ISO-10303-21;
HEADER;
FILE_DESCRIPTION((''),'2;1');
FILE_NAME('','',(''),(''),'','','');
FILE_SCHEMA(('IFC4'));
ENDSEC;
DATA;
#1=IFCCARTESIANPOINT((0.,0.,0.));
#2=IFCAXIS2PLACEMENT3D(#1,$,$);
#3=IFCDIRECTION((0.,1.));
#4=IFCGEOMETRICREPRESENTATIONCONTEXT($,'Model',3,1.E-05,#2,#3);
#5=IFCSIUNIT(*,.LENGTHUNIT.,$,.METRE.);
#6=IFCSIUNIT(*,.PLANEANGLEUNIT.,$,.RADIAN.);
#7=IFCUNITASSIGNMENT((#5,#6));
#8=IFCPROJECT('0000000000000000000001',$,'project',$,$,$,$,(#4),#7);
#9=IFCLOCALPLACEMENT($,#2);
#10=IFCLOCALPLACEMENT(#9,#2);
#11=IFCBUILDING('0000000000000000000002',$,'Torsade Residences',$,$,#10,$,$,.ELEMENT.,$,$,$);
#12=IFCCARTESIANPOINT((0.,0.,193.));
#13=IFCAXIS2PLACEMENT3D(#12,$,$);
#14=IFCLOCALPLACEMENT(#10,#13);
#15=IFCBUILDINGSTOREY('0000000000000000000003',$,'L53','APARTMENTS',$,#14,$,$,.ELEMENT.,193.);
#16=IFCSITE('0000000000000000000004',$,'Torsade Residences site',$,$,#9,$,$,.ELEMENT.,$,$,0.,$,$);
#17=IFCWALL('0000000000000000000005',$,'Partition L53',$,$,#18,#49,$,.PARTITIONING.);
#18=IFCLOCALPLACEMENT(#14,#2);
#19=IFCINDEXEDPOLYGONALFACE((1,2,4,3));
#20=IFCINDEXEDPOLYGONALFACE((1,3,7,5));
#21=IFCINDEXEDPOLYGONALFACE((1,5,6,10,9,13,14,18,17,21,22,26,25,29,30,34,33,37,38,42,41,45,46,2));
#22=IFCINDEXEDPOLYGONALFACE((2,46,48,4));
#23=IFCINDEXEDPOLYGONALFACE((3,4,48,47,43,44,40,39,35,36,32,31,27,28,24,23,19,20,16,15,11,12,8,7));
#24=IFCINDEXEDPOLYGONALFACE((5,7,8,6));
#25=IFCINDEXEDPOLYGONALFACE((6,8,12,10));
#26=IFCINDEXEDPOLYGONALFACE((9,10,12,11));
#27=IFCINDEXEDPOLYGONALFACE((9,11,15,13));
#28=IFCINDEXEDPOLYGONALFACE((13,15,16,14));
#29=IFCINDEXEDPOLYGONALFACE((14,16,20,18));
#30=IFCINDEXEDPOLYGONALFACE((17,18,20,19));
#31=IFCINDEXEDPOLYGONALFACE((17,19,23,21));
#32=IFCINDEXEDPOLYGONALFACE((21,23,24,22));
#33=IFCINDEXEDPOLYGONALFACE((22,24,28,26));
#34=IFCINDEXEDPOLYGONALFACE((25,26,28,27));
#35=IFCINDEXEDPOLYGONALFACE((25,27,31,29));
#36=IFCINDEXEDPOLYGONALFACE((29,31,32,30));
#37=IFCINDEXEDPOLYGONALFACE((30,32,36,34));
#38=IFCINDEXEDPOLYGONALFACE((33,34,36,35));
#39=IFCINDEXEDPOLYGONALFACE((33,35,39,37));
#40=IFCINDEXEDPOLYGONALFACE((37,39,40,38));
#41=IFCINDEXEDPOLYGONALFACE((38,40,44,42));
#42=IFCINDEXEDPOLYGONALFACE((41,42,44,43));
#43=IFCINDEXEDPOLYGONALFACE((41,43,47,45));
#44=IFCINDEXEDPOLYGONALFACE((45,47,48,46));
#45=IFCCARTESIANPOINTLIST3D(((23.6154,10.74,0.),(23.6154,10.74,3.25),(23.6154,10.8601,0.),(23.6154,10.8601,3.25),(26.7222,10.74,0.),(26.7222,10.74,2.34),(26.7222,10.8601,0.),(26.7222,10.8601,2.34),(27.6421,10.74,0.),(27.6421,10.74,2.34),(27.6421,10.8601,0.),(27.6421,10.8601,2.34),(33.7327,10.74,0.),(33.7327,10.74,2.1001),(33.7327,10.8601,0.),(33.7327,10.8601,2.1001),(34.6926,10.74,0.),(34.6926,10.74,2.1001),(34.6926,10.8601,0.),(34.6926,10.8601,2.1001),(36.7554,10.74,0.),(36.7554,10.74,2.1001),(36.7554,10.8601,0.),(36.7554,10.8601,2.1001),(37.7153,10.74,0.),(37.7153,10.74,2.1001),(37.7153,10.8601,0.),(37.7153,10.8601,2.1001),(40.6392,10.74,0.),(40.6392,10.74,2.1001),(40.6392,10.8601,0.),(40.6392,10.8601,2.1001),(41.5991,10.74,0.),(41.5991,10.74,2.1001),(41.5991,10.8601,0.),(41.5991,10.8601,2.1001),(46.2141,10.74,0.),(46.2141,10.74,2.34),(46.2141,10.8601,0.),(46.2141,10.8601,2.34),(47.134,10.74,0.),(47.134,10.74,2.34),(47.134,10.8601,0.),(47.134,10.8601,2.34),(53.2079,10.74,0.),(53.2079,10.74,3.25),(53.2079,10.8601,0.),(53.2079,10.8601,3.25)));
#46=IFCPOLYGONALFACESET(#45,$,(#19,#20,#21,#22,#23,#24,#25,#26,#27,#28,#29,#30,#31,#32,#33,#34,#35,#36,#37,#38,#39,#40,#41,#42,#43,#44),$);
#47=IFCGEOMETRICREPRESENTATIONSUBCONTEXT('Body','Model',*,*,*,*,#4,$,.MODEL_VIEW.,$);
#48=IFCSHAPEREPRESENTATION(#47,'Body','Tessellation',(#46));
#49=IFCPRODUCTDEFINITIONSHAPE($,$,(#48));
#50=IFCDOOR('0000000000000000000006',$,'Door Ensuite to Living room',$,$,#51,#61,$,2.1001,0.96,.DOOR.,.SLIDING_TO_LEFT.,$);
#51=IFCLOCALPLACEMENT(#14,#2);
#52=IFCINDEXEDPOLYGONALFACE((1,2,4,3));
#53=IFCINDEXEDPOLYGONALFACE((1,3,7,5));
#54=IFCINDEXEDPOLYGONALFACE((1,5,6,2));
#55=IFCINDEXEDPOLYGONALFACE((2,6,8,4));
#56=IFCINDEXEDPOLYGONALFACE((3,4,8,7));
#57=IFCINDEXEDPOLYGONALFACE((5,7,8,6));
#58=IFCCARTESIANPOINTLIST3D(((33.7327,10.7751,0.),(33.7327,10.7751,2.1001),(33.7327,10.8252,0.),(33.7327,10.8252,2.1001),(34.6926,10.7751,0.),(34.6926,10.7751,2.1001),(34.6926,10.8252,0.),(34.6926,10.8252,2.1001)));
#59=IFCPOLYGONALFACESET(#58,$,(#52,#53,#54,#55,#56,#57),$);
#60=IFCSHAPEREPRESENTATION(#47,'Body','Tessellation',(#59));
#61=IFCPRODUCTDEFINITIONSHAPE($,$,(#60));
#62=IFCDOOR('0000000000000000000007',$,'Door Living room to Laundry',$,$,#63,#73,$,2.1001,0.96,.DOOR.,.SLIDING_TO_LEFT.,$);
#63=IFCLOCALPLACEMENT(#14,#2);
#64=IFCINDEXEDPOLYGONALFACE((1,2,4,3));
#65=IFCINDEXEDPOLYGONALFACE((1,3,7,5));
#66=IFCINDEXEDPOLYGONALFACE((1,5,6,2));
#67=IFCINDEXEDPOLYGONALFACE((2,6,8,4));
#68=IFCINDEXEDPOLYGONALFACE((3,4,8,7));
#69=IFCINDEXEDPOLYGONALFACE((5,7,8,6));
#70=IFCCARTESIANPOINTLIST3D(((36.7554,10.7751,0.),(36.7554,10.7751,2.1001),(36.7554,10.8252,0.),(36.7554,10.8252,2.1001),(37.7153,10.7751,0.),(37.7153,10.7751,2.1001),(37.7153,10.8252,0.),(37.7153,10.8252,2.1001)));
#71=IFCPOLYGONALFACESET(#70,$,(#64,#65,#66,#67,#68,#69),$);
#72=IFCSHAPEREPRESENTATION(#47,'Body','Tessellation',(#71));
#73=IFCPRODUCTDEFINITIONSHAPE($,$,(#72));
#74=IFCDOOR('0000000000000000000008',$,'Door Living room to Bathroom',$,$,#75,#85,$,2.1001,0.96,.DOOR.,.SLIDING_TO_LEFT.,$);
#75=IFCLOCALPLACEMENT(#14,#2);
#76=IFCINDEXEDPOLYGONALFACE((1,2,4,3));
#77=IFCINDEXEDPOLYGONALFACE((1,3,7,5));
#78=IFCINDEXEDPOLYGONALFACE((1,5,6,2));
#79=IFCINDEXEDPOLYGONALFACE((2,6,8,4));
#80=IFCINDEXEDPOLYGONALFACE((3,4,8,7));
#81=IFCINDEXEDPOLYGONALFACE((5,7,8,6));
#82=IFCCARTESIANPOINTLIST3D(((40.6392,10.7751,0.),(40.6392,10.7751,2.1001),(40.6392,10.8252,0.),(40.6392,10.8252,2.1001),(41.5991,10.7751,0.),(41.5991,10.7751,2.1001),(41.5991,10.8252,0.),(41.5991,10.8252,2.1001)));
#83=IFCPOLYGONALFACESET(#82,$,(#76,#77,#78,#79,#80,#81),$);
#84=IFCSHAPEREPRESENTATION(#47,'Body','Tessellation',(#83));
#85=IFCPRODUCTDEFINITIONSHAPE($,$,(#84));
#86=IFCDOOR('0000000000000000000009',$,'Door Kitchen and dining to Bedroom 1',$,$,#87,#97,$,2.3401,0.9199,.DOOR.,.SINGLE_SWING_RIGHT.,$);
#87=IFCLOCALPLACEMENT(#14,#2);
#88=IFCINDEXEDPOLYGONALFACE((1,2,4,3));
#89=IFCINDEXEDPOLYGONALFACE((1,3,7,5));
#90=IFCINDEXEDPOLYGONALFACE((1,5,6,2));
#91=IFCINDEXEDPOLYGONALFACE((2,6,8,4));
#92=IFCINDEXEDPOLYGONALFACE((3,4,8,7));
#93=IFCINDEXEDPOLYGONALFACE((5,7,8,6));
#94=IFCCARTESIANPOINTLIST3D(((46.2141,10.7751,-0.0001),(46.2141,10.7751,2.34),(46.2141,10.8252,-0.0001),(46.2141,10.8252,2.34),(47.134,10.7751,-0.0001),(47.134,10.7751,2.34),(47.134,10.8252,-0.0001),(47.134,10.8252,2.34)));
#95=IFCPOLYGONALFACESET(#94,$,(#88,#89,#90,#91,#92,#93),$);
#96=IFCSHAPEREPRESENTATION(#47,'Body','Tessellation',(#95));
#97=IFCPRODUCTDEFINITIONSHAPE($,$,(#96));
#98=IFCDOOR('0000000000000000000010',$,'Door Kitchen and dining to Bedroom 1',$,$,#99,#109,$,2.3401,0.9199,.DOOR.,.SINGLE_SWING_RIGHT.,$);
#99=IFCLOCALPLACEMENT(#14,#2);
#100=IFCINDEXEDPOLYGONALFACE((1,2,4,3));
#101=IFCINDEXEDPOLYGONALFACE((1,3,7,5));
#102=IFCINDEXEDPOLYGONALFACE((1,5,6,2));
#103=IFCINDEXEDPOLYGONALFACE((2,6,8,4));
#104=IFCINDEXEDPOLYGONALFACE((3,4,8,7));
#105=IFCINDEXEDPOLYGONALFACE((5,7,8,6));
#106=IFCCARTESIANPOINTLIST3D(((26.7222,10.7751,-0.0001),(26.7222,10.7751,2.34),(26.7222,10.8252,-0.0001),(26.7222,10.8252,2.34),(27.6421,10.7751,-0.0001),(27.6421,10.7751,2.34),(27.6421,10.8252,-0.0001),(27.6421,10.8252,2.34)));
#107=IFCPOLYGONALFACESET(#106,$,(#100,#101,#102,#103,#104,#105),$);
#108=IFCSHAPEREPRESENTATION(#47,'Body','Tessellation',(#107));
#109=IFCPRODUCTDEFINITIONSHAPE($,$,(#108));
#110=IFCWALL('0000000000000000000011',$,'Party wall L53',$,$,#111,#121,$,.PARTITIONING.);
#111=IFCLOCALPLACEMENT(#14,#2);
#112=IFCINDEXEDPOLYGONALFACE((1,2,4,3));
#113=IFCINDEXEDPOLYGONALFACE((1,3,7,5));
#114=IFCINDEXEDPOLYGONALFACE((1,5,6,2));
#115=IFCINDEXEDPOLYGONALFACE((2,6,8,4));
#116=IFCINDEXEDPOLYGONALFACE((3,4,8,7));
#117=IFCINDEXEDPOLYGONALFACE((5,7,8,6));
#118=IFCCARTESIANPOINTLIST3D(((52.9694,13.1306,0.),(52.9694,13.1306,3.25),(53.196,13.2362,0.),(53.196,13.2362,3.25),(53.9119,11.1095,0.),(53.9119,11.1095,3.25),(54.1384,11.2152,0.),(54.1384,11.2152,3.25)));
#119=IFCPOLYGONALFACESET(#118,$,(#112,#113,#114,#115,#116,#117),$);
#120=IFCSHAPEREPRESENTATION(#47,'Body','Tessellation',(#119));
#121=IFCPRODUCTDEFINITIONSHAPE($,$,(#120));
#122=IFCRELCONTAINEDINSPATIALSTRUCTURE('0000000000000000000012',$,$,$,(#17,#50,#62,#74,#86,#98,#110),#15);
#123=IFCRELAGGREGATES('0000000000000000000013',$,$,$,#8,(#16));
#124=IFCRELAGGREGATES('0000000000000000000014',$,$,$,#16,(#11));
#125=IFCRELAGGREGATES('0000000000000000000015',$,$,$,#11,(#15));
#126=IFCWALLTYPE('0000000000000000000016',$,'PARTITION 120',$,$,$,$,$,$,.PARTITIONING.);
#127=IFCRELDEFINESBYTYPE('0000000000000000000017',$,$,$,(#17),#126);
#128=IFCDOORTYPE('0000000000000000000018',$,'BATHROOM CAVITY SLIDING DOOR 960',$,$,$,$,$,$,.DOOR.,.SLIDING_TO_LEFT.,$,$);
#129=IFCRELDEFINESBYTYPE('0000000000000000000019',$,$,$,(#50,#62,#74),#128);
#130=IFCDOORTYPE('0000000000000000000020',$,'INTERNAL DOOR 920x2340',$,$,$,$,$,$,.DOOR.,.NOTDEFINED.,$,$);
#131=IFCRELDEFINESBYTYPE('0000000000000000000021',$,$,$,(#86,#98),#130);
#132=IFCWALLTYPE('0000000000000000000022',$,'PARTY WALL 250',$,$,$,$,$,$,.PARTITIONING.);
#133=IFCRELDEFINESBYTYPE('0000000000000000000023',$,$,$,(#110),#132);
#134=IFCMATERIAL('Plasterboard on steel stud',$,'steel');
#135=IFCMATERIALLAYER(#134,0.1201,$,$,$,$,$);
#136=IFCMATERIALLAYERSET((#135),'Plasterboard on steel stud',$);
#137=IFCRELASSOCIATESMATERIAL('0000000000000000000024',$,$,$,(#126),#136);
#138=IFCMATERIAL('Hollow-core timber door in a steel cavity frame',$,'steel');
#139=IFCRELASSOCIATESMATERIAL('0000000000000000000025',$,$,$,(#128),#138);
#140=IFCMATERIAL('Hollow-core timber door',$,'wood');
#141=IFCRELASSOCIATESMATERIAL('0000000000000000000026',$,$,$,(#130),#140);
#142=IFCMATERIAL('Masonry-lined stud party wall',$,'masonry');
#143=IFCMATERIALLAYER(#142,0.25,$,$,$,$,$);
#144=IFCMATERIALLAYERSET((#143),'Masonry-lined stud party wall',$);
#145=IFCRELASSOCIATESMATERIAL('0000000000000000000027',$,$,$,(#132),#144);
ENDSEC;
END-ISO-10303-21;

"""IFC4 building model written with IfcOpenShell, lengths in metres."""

from ifc_helpers import new_model, si_unit, direction, frame, frame_2d, origin, place, context, subcontext, project, spatial, rectangle, extrude, material, layer, layer_set, type_object, element, fill, save


model = new_model("IFC4")

# Units and contexts
model_context = context("Model", 3, precision=1e-05, world=origin(), true_north=direction((0.0, 1.0)))
body_context = subcontext(model_context, "Body", "Model", "MODEL_VIEW")
ifc_project = project(units=[si_unit("LENGTHUNIT", "METRE"), si_unit("PLANEANGLEUNIT", "RADIAN")], contexts=[model_context])

# Site, building, storey
site_placement = place(None, origin())
site = spatial("IfcSite", under=ifc_project, at=site_placement, Name="Torsade Residences site", CompositionType="ELEMENT", RefElevation=0.0)
building_placement = place(site_placement, origin())
building = spatial("IfcBuilding", under=site, at=building_placement, Name="Torsade Residences", CompositionType="ELEMENT")
storey_placement = place(building_placement, frame((0.0, 0.0, 193.0)))
storey = spatial("IfcBuildingStorey", under=building, at=storey_placement, Name="L53", Description="APARTMENTS", CompositionType="ELEMENT", Elevation=193.0)

# Wall, openings, doors
ifc_material_1 = material(Name="Plasterboard on steel stud", Category="steel")
ifc_layer_1 = layer(ifc_material_1, 0.1201)
ifc_layer_set_1 = layer_set([ifc_layer_1], Name="Plasterboard on steel stud")
wall_type_1 = type_object("IfcWallType", Name="PARTITION 120", PredefinedType="PARTITIONING", material=ifc_layer_set_1)
wall_1_placement = place(storey_placement, frame((53.208, 10.8, 0.0), z_axis=(0.0, 0.0, 1.0), x_axis=(-1.0, 0.0, 0.0)))
wall_1 = element("IfcWall", 1, at=wall_1_placement, inside=storey, type_object=wall_type_1, Name="Partition L53", PredefinedType="PARTITIONING", context=body_context, shape_type="SweptSolid", body=[
    extrude(rectangle(XDim=29.5925, YDim=0.1201, at=frame_2d((14.7964, 0.0))), origin(), (0.0, 0.0, 1.0), 3.25),
])
opening_1_placement = place(wall_1_placement, frame((6.074, 0.0, 0.0)))
opening_1 = element("IfcOpeningElement", 2, at=opening_1_placement, cuts=wall_1, PredefinedType="OPENING", context=body_context, shape_type="SweptSolid", body=[
    extrude(rectangle(XDim=0.9199, YDim=2.3401, at=frame_2d((0.46, 1.1699))), frame((0.0, 0.0701, 0.0), z_axis=(0.0, -1.0, 0.0), x_axis=(1.0, 0.0, 0.0)), (0.0, 0.0, 1.0), 0.1401),
])
opening_2_placement = place(wall_1_placement, frame((25.5659, 0.0, 0.0)))
opening_2 = element("IfcOpeningElement", 3, at=opening_2_placement, cuts=wall_1, PredefinedType="OPENING", context=body_context, shape_type="SweptSolid", body=[
    extrude(rectangle(XDim=0.9199, YDim=2.3401, at=frame_2d((0.46, 1.1699))), frame((0.0, 0.0701, 0.0), z_axis=(0.0, -1.0, 0.0), x_axis=(1.0, 0.0, 0.0)), (0.0, 0.0, 1.0), 0.1401),
])
opening_3_placement = place(wall_1_placement, frame((18.5154, 0.0, 0.0)))
opening_3 = element("IfcOpeningElement", 4, at=opening_3_placement, cuts=wall_1, PredefinedType="OPENING", context=body_context, shape_type="SweptSolid", body=[
    extrude(rectangle(XDim=0.96, YDim=2.1001, at=frame_2d((0.48, 1.05))), frame((0.0, 0.0701, 0.0), z_axis=(0.0, -1.0, 0.0), x_axis=(1.0, 0.0, 0.0)), (0.0, 0.0, 1.0), 0.1401),
])
opening_4_placement = place(wall_1_placement, frame((15.4927, 0.0, 0.0)))
opening_4 = element("IfcOpeningElement", 5, at=opening_4_placement, cuts=wall_1, PredefinedType="OPENING", context=body_context, shape_type="SweptSolid", body=[
    extrude(rectangle(XDim=0.96, YDim=2.1001, at=frame_2d((0.48, 1.05))), frame((0.0, 0.0701, 0.0), z_axis=(0.0, -1.0, 0.0), x_axis=(1.0, 0.0, 0.0)), (0.0, 0.0, 1.0), 0.1401),
])
opening_5_placement = place(wall_1_placement, frame((11.6089, 0.0, 0.0)))
opening_5 = element("IfcOpeningElement", 6, at=opening_5_placement, cuts=wall_1, PredefinedType="OPENING", context=body_context, shape_type="SweptSolid", body=[
    extrude(rectangle(XDim=0.96, YDim=2.1001, at=frame_2d((0.48, 1.05))), frame((0.0, 0.0701, 0.0), z_axis=(0.0, -1.0, 0.0), x_axis=(1.0, 0.0, 0.0)), (0.0, 0.0, 1.0), 0.1401),
])
ifc_material_2 = material(Name="Hollow-core timber door in a steel cavity frame", Category="steel")
door_type_1 = type_object("IfcDoorType", Name="BATHROOM CAVITY SLIDING DOOR 960", OperationType="SLIDING_TO_LEFT", PredefinedType="DOOR", material=ifc_material_2)
door_1_placement = place(opening_3_placement, origin())
door_1 = element("IfcDoor", 7, at=door_1_placement, inside=storey, type_object=door_type_1, Name="Door Ensuite to Living room", OperationType="SLIDING_TO_LEFT", OverallHeight=2.1001, OverallWidth=0.96, PredefinedType="DOOR", context=body_context, shape_type="SweptSolid", body=[
    extrude(rectangle(XDim=0.96, YDim=2.1001, at=frame_2d((0.48, 1.05))), frame((0.0, 0.0249, 0.0), z_axis=(0.0, -1.0, 0.0), x_axis=(1.0, 0.0, 0.0)), (0.0, 0.0, 1.0), 0.05),
])
fill(opening_3, door_1)
door_2_placement = place(opening_4_placement, origin())
door_2 = element("IfcDoor", 8, at=door_2_placement, inside=storey, type_object=door_type_1, Name="Door Living room to Laundry", OperationType="SLIDING_TO_LEFT", OverallHeight=2.1001, OverallWidth=0.96, PredefinedType="DOOR", context=body_context, shape_type="SweptSolid", body=[
    extrude(rectangle(XDim=0.96, YDim=2.1001, at=frame_2d((0.48, 1.05))), frame((0.0, 0.0249, 0.0), z_axis=(0.0, -1.0, 0.0), x_axis=(1.0, 0.0, 0.0)), (0.0, 0.0, 1.0), 0.05),
])
fill(opening_4, door_2)
door_3_placement = place(opening_5_placement, origin())
door_3 = element("IfcDoor", 9, at=door_3_placement, inside=storey, type_object=door_type_1, Name="Door Living room to Bathroom", OperationType="SLIDING_TO_LEFT", OverallHeight=2.1001, OverallWidth=0.96, PredefinedType="DOOR", context=body_context, shape_type="SweptSolid", body=[
    extrude(rectangle(XDim=0.96, YDim=2.1001, at=frame_2d((0.48, 1.05))), frame((0.0, 0.0249, 0.0), z_axis=(0.0, -1.0, 0.0), x_axis=(1.0, 0.0, 0.0)), (0.0, 0.0, 1.0), 0.05),
])
fill(opening_5, door_3)
ifc_material_3 = material(Name="Hollow-core timber door", Category="wood")
door_type_2 = type_object("IfcDoorType", Name="INTERNAL DOOR 920x2340", OperationType="NOTDEFINED", PredefinedType="DOOR", material=ifc_material_3)
door_4_placement = place(opening_1_placement, origin())
door_4 = element("IfcDoor", 10, at=door_4_placement, inside=storey, type_object=door_type_2, Name="Door Kitchen and dining to Bedroom 1", OperationType="SINGLE_SWING_RIGHT", OverallHeight=2.3401, OverallWidth=0.9199, PredefinedType="DOOR", context=body_context, shape_type="SweptSolid", body=[
    extrude(rectangle(XDim=0.9199, YDim=2.3401, at=frame_2d((0.46, 1.1699))), frame((0.0, 0.0249, 0.0), z_axis=(0.0, -1.0, 0.0), x_axis=(1.0, 0.0, 0.0)), (0.0, 0.0, 1.0), 0.05),
])
fill(opening_1, door_4)
door_5_placement = place(opening_2_placement, origin())
door_5 = element("IfcDoor", 11, at=door_5_placement, inside=storey, type_object=door_type_2, Name="Door Kitchen and dining to Bedroom 1", OperationType="SINGLE_SWING_RIGHT", OverallHeight=2.3401, OverallWidth=0.9199, PredefinedType="DOOR", context=body_context, shape_type="SweptSolid", body=[
    extrude(rectangle(XDim=0.9199, YDim=2.3401, at=frame_2d((0.46, 1.1699))), frame((0.0, 0.0249, 0.0), z_axis=(0.0, -1.0, 0.0), x_axis=(1.0, 0.0, 0.0)), (0.0, 0.0, 1.0), 0.05),
])
fill(opening_2, door_5)

# Wall
ifc_material_4 = material(Name="Masonry-lined stud party wall", Category="masonry")
ifc_layer_2 = layer(ifc_material_4, 0.25)
ifc_layer_set_2 = layer_set([ifc_layer_2], Name="Masonry-lined stud party wall")
wall_type_2 = type_object("IfcWallType", Name="PARTY WALL 250", PredefinedType="PARTITIONING", material=ifc_layer_set_2)
wall_2_placement = place(storey_placement, frame((54.0251, 11.1624, 0.0), z_axis=(0.0, 0.0, 1.0), x_axis=(-0.42261, 0.906312, 0.0)))
element("IfcWall", 12, at=wall_2_placement, inside=storey, type_object=wall_type_2, Name="Party wall L53", PredefinedType="PARTITIONING", context=body_context, shape_type="SweptSolid", body=[
    extrude(rectangle(XDim=2.23, YDim=0.25, at=frame_2d((1.115, 0.0))), origin(), (0.0, 0.0, 1.0), 3.25),
])

save(model, "model.ifc")
